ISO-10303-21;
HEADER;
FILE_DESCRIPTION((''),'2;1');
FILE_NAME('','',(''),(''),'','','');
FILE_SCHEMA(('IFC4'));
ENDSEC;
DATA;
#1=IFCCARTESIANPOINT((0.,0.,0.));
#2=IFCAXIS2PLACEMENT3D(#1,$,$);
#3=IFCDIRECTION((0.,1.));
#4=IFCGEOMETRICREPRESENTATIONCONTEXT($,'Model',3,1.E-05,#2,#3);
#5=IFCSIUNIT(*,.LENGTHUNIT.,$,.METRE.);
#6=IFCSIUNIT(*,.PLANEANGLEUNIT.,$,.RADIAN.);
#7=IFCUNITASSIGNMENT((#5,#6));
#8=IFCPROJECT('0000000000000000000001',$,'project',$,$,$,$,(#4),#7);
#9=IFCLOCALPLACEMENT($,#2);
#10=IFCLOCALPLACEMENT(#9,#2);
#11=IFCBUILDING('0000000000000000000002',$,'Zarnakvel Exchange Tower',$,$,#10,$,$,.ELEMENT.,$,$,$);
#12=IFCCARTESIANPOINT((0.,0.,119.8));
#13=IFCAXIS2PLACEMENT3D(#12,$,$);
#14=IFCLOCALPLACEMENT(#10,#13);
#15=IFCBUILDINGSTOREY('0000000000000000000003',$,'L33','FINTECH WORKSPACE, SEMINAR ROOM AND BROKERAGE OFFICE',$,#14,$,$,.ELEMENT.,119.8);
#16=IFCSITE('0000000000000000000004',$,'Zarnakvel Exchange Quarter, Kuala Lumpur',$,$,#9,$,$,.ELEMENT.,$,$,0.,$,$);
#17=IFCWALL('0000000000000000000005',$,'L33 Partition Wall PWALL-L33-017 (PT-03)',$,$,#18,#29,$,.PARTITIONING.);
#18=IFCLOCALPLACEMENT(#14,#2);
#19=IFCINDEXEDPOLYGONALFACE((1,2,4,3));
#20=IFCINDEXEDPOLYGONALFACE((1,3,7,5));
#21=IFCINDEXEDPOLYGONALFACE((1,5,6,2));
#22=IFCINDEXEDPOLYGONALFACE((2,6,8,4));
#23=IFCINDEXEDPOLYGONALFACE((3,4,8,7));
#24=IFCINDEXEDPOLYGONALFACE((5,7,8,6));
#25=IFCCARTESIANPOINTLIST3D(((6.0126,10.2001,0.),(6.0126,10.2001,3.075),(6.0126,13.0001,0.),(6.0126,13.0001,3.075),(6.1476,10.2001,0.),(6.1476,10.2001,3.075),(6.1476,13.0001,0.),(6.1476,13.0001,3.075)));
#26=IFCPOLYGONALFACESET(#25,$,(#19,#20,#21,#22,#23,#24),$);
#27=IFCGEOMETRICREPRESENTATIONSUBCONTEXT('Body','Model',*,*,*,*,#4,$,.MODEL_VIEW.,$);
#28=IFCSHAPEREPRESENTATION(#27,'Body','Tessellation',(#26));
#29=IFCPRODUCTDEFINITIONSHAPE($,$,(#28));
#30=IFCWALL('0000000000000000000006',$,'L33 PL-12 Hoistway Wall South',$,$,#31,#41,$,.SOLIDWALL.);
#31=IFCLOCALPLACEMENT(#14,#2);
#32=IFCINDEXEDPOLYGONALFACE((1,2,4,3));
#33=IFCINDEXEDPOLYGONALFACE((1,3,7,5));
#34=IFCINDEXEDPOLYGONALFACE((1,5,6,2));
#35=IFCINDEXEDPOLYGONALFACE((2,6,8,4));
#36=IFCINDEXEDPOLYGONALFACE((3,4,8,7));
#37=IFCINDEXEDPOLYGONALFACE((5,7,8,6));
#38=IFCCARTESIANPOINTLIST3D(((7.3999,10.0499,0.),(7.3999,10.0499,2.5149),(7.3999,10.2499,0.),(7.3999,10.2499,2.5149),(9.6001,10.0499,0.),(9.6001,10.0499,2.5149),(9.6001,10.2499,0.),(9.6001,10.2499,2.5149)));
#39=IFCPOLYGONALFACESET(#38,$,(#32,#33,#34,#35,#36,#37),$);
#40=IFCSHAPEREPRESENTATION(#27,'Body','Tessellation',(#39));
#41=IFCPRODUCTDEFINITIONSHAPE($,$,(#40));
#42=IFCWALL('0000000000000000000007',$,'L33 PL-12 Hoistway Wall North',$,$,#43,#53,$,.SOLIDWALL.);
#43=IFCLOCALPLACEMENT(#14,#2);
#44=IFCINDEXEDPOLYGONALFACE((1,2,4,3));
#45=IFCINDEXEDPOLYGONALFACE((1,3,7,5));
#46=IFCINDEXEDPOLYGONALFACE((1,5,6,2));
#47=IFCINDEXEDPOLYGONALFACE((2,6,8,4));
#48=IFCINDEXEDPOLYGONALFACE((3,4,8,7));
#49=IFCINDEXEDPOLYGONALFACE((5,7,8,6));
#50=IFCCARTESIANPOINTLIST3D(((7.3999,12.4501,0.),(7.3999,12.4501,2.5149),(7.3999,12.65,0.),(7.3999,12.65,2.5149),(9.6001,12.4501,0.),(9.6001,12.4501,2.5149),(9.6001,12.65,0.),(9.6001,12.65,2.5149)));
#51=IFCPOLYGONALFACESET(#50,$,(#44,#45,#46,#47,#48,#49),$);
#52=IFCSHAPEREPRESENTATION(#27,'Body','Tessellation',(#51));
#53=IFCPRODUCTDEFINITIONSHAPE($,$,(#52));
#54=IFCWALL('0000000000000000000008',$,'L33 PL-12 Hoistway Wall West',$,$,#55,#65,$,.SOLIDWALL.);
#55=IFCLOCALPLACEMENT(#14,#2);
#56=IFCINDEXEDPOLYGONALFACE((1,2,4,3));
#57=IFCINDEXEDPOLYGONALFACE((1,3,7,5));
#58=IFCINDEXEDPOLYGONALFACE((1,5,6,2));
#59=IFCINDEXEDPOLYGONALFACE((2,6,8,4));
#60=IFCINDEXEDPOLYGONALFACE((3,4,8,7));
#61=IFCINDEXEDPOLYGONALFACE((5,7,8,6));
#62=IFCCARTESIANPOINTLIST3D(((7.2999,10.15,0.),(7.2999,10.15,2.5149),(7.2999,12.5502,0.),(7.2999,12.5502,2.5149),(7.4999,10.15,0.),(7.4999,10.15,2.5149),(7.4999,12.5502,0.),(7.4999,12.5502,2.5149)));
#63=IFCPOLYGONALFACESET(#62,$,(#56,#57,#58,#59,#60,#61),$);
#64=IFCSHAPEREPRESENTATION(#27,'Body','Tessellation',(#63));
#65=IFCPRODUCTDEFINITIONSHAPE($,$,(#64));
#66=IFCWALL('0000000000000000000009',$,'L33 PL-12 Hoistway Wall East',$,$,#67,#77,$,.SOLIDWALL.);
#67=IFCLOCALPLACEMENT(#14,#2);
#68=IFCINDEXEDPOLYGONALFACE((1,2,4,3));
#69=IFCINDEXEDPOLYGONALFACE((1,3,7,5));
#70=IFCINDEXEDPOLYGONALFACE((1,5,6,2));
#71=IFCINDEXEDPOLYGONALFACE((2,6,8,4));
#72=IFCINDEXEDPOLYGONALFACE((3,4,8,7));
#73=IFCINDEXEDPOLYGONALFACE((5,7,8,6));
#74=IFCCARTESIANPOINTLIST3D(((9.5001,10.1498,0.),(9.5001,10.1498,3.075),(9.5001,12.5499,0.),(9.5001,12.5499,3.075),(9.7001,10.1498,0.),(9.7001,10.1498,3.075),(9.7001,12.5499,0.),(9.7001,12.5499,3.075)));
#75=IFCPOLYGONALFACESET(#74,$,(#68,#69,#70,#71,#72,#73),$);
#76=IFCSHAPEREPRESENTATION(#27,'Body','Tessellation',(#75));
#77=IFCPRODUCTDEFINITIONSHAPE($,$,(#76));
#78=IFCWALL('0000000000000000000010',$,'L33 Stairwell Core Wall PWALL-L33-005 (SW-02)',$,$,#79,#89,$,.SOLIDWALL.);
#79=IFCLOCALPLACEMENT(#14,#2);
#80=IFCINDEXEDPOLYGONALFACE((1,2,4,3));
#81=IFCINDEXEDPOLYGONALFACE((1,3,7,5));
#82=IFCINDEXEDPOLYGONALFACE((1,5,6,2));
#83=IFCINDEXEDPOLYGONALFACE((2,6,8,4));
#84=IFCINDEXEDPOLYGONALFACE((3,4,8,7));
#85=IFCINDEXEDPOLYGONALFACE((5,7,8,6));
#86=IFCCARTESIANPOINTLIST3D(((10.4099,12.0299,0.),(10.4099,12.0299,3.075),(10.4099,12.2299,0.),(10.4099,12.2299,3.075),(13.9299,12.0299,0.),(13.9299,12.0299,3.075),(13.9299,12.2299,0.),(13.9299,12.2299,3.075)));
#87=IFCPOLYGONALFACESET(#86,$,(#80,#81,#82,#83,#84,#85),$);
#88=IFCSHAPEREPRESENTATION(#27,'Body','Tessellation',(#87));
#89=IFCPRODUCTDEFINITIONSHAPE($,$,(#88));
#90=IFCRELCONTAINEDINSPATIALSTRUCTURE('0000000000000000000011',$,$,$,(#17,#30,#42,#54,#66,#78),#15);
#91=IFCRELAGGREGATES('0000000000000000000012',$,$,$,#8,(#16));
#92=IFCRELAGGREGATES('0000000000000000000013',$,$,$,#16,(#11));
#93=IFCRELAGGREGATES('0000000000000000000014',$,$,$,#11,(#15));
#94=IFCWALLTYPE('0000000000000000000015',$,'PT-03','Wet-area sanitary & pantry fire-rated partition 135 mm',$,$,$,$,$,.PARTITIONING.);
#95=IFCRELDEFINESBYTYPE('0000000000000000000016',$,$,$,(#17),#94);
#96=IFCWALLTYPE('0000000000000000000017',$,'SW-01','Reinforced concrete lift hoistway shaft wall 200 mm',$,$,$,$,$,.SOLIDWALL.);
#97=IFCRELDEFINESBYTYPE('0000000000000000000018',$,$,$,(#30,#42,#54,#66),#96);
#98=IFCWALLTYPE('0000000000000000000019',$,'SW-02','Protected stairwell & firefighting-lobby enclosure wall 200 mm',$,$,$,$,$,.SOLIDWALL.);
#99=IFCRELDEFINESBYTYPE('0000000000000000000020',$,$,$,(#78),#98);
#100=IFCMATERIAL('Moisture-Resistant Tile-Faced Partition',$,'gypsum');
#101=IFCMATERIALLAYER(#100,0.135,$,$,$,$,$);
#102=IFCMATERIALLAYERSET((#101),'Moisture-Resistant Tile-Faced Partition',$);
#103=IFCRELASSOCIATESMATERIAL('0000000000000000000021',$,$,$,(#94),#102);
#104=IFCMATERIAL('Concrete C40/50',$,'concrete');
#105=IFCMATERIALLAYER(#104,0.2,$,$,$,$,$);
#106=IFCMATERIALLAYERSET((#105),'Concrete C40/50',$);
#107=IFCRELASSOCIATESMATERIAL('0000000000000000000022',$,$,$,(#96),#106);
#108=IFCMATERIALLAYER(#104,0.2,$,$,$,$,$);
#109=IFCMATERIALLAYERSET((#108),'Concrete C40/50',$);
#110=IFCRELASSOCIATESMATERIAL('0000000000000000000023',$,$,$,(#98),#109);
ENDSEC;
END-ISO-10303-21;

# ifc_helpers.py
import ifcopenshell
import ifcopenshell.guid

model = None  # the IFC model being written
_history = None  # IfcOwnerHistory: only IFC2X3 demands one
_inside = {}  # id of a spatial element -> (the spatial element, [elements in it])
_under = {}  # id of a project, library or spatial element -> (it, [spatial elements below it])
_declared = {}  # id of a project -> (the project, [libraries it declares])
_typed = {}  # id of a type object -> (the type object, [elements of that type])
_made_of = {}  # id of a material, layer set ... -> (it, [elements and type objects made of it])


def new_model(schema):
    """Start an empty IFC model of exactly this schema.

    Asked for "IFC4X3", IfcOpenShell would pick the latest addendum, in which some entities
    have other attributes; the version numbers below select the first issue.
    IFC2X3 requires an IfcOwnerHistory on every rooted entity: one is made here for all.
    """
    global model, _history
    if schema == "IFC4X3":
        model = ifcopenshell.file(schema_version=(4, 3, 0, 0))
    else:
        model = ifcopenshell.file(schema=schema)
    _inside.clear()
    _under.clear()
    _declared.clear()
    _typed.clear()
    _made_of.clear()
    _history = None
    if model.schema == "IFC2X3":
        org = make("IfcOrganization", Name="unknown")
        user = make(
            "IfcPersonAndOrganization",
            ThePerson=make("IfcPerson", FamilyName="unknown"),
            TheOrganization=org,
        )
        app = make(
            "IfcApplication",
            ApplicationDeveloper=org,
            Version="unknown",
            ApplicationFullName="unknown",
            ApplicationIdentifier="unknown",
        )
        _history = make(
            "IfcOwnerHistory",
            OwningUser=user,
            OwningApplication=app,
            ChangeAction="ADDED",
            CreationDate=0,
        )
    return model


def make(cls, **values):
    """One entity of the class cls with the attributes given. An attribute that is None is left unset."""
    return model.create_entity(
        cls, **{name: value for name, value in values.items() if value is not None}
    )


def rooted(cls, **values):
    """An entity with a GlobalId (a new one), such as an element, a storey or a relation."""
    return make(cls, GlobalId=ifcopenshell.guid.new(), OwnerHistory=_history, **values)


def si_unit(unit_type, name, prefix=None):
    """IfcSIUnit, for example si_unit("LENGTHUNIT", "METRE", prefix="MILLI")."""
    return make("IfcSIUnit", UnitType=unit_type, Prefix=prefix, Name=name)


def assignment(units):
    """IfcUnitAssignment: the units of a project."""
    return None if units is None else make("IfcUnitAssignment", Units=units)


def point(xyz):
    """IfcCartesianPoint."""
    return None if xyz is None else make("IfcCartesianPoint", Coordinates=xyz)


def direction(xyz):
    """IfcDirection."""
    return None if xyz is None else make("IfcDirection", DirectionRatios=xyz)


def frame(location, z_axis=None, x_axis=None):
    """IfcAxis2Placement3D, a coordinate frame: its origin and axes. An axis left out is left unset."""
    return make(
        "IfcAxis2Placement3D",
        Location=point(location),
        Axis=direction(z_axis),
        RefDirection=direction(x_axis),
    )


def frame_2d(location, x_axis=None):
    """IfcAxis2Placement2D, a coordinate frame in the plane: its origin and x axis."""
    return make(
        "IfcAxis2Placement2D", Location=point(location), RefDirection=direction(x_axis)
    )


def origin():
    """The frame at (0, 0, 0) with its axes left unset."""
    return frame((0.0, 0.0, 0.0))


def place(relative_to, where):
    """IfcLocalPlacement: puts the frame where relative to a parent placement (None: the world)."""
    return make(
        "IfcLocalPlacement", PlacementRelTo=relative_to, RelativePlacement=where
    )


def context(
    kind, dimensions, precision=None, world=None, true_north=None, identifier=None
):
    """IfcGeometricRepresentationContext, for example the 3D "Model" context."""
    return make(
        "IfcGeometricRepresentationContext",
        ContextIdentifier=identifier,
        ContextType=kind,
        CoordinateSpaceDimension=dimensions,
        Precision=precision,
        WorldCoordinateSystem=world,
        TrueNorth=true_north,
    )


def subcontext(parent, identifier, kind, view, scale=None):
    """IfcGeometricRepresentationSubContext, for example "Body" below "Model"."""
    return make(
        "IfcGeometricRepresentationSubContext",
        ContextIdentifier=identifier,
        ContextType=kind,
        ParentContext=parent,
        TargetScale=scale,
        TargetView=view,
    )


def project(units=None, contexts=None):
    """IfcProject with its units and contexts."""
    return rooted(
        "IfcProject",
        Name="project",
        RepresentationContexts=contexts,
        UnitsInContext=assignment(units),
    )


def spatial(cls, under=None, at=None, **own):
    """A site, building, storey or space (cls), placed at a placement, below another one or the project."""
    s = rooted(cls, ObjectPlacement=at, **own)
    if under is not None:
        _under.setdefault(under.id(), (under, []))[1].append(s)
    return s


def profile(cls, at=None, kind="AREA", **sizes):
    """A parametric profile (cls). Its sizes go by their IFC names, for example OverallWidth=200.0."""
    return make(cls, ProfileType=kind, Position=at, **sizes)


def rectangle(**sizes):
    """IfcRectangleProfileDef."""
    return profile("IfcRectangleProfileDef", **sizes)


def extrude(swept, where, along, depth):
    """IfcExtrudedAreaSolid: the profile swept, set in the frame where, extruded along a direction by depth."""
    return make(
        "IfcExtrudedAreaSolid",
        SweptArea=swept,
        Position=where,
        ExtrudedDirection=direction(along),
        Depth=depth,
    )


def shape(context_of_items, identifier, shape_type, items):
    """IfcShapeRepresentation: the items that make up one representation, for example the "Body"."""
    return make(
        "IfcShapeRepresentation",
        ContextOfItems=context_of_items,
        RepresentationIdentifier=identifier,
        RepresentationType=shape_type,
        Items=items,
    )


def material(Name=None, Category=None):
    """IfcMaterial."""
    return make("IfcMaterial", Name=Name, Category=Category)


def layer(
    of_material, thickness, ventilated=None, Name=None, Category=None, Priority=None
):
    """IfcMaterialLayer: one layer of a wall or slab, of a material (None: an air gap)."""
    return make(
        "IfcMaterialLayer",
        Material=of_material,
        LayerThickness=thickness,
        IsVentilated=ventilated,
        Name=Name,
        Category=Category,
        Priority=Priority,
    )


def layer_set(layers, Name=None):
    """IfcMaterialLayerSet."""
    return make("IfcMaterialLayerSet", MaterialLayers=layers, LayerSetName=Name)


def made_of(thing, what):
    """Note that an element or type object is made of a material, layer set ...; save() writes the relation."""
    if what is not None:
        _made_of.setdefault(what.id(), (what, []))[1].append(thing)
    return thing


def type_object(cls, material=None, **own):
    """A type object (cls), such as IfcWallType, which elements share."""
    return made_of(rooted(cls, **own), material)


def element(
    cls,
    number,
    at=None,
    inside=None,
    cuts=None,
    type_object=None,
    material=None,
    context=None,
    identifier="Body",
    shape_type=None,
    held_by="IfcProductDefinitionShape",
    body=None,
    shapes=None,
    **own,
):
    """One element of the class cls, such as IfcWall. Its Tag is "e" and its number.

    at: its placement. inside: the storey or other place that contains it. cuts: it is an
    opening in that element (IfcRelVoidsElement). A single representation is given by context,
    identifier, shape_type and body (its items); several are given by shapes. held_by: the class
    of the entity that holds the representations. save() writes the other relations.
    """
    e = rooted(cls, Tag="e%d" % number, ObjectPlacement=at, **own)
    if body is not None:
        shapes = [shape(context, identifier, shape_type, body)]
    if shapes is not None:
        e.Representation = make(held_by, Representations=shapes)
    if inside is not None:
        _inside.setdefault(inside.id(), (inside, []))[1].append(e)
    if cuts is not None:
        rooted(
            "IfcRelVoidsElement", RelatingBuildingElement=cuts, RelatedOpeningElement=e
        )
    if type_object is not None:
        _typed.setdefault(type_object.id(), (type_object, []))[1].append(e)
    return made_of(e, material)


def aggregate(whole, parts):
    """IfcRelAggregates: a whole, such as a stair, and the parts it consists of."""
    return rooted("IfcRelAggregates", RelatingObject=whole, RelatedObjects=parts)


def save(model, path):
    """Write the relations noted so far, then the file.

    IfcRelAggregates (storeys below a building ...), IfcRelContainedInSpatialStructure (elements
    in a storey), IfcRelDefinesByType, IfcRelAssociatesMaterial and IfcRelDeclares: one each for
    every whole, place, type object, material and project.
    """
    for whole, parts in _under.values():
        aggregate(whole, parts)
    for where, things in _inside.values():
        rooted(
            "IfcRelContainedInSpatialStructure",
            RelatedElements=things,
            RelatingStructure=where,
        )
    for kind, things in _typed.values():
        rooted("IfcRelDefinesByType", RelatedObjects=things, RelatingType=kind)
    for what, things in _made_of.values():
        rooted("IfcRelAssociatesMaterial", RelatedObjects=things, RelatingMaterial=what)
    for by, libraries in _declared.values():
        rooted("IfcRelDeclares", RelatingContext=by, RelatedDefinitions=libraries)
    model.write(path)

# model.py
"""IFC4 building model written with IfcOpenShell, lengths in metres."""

from ifc_helpers import new_model, si_unit, direction, frame, frame_2d, origin, place, context, subcontext, project, spatial, rectangle, extrude, material, layer, layer_set, type_object, element, save


model = new_model("IFC4")

# Units and contexts
model_context = context("Model", 3, precision=1e-05, world=origin(), true_north=direction((0.0, 1.0)))
body_context = subcontext(model_context, "Body", "Model", "MODEL_VIEW")
ifc_project = project(units=[si_unit("LENGTHUNIT", "METRE"), si_unit("PLANEANGLEUNIT", "RADIAN")], contexts=[model_context])

# Site, building, storey
site_placement = place(None, origin())
site = spatial("IfcSite", under=ifc_project, at=site_placement, Name="Zarnakvel Exchange Quarter, Kuala Lumpur", CompositionType="ELEMENT", RefElevation=0.0)
building_placement = place(site_placement, origin())
building = spatial("IfcBuilding", under=site, at=building_placement, Name="Zarnakvel Exchange Tower", CompositionType="ELEMENT")
storey_placement = place(building_placement, frame((0.0, 0.0, 119.8)))
storey = spatial("IfcBuildingStorey", under=building, at=storey_placement, Name="L33", Description="FINTECH WORKSPACE, SEMINAR ROOM AND BROKERAGE OFFICE", CompositionType="ELEMENT", Elevation=119.8)

# Shared definitions
ifc_material_1 = material(Name="Moisture-Resistant Tile-Faced Partition", Category="gypsum")
ifc_layer_1 = layer(ifc_material_1, 0.135)
ifc_layer_set_1 = layer_set([ifc_layer_1], Name="Moisture-Resistant Tile-Faced Partition")
wall_type_1 = type_object("IfcWallType", Name="PT-03", Description="Wet-area sanitary & pantry fire-rated partition 135 mm", PredefinedType="PARTITIONING", material=ifc_layer_set_1)

# Walls
wall_1_placement = place(storey_placement, frame((6.0801, 13.0, 0.0), z_axis=(0.0, 0.0, 1.0), x_axis=(0.0, -1.0, 0.0)))
element("IfcWall", 1, at=wall_1_placement, inside=storey, type_object=wall_type_1, Name="L33 Partition Wall PWALL-L33-017 (PT-03)", PredefinedType="PARTITIONING", context=body_context, shape_type="SweptSolid", body=[
    extrude(rectangle(XDim=2.8, YDim=0.135, at=frame_2d((1.3999, 0.0))), origin(), (0.0, 0.0, 1.0), 3.075),
])
ifc_material_2 = material(Name="Concrete C40/50", Category="concrete")
ifc_layer_2 = layer(ifc_material_2, 0.2)
ifc_layer_set_2 = layer_set([ifc_layer_2], Name="Concrete C40/50")
wall_type_2 = type_object("IfcWallType", Name="SW-01", Description="Reinforced concrete lift hoistway shaft wall 200 mm", PredefinedType="SOLIDWALL", material=ifc_layer_set_2)
for number, where, z_axis, x_axis, name in (
    (2, (9.6001, 10.1499, 0.0), (0.0, 0.0, 1.0), (-1.0, 0.0, 0.0), "L33 PL-12 Hoistway Wall South"),
    (3, (7.3999, 12.55, 0.0), (0.0, 0.0, 1.0), (1.0, 0.0, 0.0), "L33 PL-12 Hoistway Wall North"),
):
    element("IfcWall", number, at=place(storey_placement, frame(where, z_axis=z_axis, x_axis=x_axis)), inside=storey, type_object=wall_type_2, Name=name, PredefinedType="SOLIDWALL", context=body_context, shape_type="SweptSolid", body=[
        extrude(rectangle(XDim=2.2002, YDim=0.2, at=frame_2d((1.1001, 0.0))), origin(), (0.0, 0.0, 1.0), 2.5149),
    ])
wall_2_placement = place(storey_placement, frame((7.3999, 10.1499, 0.0), z_axis=(0.0, 0.0, 1.0), x_axis=(0.0, 1.0, 0.0)))
element("IfcWall", 4, at=wall_2_placement, inside=storey, type_object=wall_type_2, Name="L33 PL-12 Hoistway Wall West", PredefinedType="SOLIDWALL", context=body_context, shape_type="SweptSolid", body=[
    extrude(rectangle(XDim=2.4001, YDim=0.2, at=frame_2d((1.2002, 0.0))), origin(), (0.0, 0.0, 1.0), 2.5149),
])
wall_3_placement = place(storey_placement, frame((9.6001, 12.55, 0.0), z_axis=(0.0, 0.0, 1.0), x_axis=(0.0, -1.0, 0.0)))
element("IfcWall", 5, at=wall_3_placement, inside=storey, type_object=wall_type_2, Name="L33 PL-12 Hoistway Wall East", PredefinedType="SOLIDWALL", context=body_context, shape_type="SweptSolid", body=[
    extrude(rectangle(XDim=2.4001, YDim=0.2, at=frame_2d((1.2002, 0.0))), origin(), (0.0, 0.0, 1.0), 3.075),
])
ifc_layer_3 = layer(ifc_material_2, 0.2)
ifc_layer_set_3 = layer_set([ifc_layer_3], Name="Concrete C40/50")
wall_type_3 = type_object("IfcWallType", Name="SW-02", Description="Protected stairwell & firefighting-lobby enclosure wall 200 mm", PredefinedType="SOLIDWALL", material=ifc_layer_set_3)
wall_4_placement = place(storey_placement, frame((10.4099, 12.1299, 0.0), z_axis=(0.0, 0.0, 1.0), x_axis=(1.0, 0.0, 0.0)))
element("IfcWall", 6, at=wall_4_placement, inside=storey, type_object=wall_type_3, Name="L33 Stairwell Core Wall PWALL-L33-005 (SW-02)", PredefinedType="SOLIDWALL", context=body_context, shape_type="SweptSolid", body=[
    extrude(rectangle(XDim=3.52, YDim=0.2, at=frame_2d((1.76, 0.0))), origin(), (0.0, 0.0, 1.0), 3.075),
])

save(model, "model.ifc")
